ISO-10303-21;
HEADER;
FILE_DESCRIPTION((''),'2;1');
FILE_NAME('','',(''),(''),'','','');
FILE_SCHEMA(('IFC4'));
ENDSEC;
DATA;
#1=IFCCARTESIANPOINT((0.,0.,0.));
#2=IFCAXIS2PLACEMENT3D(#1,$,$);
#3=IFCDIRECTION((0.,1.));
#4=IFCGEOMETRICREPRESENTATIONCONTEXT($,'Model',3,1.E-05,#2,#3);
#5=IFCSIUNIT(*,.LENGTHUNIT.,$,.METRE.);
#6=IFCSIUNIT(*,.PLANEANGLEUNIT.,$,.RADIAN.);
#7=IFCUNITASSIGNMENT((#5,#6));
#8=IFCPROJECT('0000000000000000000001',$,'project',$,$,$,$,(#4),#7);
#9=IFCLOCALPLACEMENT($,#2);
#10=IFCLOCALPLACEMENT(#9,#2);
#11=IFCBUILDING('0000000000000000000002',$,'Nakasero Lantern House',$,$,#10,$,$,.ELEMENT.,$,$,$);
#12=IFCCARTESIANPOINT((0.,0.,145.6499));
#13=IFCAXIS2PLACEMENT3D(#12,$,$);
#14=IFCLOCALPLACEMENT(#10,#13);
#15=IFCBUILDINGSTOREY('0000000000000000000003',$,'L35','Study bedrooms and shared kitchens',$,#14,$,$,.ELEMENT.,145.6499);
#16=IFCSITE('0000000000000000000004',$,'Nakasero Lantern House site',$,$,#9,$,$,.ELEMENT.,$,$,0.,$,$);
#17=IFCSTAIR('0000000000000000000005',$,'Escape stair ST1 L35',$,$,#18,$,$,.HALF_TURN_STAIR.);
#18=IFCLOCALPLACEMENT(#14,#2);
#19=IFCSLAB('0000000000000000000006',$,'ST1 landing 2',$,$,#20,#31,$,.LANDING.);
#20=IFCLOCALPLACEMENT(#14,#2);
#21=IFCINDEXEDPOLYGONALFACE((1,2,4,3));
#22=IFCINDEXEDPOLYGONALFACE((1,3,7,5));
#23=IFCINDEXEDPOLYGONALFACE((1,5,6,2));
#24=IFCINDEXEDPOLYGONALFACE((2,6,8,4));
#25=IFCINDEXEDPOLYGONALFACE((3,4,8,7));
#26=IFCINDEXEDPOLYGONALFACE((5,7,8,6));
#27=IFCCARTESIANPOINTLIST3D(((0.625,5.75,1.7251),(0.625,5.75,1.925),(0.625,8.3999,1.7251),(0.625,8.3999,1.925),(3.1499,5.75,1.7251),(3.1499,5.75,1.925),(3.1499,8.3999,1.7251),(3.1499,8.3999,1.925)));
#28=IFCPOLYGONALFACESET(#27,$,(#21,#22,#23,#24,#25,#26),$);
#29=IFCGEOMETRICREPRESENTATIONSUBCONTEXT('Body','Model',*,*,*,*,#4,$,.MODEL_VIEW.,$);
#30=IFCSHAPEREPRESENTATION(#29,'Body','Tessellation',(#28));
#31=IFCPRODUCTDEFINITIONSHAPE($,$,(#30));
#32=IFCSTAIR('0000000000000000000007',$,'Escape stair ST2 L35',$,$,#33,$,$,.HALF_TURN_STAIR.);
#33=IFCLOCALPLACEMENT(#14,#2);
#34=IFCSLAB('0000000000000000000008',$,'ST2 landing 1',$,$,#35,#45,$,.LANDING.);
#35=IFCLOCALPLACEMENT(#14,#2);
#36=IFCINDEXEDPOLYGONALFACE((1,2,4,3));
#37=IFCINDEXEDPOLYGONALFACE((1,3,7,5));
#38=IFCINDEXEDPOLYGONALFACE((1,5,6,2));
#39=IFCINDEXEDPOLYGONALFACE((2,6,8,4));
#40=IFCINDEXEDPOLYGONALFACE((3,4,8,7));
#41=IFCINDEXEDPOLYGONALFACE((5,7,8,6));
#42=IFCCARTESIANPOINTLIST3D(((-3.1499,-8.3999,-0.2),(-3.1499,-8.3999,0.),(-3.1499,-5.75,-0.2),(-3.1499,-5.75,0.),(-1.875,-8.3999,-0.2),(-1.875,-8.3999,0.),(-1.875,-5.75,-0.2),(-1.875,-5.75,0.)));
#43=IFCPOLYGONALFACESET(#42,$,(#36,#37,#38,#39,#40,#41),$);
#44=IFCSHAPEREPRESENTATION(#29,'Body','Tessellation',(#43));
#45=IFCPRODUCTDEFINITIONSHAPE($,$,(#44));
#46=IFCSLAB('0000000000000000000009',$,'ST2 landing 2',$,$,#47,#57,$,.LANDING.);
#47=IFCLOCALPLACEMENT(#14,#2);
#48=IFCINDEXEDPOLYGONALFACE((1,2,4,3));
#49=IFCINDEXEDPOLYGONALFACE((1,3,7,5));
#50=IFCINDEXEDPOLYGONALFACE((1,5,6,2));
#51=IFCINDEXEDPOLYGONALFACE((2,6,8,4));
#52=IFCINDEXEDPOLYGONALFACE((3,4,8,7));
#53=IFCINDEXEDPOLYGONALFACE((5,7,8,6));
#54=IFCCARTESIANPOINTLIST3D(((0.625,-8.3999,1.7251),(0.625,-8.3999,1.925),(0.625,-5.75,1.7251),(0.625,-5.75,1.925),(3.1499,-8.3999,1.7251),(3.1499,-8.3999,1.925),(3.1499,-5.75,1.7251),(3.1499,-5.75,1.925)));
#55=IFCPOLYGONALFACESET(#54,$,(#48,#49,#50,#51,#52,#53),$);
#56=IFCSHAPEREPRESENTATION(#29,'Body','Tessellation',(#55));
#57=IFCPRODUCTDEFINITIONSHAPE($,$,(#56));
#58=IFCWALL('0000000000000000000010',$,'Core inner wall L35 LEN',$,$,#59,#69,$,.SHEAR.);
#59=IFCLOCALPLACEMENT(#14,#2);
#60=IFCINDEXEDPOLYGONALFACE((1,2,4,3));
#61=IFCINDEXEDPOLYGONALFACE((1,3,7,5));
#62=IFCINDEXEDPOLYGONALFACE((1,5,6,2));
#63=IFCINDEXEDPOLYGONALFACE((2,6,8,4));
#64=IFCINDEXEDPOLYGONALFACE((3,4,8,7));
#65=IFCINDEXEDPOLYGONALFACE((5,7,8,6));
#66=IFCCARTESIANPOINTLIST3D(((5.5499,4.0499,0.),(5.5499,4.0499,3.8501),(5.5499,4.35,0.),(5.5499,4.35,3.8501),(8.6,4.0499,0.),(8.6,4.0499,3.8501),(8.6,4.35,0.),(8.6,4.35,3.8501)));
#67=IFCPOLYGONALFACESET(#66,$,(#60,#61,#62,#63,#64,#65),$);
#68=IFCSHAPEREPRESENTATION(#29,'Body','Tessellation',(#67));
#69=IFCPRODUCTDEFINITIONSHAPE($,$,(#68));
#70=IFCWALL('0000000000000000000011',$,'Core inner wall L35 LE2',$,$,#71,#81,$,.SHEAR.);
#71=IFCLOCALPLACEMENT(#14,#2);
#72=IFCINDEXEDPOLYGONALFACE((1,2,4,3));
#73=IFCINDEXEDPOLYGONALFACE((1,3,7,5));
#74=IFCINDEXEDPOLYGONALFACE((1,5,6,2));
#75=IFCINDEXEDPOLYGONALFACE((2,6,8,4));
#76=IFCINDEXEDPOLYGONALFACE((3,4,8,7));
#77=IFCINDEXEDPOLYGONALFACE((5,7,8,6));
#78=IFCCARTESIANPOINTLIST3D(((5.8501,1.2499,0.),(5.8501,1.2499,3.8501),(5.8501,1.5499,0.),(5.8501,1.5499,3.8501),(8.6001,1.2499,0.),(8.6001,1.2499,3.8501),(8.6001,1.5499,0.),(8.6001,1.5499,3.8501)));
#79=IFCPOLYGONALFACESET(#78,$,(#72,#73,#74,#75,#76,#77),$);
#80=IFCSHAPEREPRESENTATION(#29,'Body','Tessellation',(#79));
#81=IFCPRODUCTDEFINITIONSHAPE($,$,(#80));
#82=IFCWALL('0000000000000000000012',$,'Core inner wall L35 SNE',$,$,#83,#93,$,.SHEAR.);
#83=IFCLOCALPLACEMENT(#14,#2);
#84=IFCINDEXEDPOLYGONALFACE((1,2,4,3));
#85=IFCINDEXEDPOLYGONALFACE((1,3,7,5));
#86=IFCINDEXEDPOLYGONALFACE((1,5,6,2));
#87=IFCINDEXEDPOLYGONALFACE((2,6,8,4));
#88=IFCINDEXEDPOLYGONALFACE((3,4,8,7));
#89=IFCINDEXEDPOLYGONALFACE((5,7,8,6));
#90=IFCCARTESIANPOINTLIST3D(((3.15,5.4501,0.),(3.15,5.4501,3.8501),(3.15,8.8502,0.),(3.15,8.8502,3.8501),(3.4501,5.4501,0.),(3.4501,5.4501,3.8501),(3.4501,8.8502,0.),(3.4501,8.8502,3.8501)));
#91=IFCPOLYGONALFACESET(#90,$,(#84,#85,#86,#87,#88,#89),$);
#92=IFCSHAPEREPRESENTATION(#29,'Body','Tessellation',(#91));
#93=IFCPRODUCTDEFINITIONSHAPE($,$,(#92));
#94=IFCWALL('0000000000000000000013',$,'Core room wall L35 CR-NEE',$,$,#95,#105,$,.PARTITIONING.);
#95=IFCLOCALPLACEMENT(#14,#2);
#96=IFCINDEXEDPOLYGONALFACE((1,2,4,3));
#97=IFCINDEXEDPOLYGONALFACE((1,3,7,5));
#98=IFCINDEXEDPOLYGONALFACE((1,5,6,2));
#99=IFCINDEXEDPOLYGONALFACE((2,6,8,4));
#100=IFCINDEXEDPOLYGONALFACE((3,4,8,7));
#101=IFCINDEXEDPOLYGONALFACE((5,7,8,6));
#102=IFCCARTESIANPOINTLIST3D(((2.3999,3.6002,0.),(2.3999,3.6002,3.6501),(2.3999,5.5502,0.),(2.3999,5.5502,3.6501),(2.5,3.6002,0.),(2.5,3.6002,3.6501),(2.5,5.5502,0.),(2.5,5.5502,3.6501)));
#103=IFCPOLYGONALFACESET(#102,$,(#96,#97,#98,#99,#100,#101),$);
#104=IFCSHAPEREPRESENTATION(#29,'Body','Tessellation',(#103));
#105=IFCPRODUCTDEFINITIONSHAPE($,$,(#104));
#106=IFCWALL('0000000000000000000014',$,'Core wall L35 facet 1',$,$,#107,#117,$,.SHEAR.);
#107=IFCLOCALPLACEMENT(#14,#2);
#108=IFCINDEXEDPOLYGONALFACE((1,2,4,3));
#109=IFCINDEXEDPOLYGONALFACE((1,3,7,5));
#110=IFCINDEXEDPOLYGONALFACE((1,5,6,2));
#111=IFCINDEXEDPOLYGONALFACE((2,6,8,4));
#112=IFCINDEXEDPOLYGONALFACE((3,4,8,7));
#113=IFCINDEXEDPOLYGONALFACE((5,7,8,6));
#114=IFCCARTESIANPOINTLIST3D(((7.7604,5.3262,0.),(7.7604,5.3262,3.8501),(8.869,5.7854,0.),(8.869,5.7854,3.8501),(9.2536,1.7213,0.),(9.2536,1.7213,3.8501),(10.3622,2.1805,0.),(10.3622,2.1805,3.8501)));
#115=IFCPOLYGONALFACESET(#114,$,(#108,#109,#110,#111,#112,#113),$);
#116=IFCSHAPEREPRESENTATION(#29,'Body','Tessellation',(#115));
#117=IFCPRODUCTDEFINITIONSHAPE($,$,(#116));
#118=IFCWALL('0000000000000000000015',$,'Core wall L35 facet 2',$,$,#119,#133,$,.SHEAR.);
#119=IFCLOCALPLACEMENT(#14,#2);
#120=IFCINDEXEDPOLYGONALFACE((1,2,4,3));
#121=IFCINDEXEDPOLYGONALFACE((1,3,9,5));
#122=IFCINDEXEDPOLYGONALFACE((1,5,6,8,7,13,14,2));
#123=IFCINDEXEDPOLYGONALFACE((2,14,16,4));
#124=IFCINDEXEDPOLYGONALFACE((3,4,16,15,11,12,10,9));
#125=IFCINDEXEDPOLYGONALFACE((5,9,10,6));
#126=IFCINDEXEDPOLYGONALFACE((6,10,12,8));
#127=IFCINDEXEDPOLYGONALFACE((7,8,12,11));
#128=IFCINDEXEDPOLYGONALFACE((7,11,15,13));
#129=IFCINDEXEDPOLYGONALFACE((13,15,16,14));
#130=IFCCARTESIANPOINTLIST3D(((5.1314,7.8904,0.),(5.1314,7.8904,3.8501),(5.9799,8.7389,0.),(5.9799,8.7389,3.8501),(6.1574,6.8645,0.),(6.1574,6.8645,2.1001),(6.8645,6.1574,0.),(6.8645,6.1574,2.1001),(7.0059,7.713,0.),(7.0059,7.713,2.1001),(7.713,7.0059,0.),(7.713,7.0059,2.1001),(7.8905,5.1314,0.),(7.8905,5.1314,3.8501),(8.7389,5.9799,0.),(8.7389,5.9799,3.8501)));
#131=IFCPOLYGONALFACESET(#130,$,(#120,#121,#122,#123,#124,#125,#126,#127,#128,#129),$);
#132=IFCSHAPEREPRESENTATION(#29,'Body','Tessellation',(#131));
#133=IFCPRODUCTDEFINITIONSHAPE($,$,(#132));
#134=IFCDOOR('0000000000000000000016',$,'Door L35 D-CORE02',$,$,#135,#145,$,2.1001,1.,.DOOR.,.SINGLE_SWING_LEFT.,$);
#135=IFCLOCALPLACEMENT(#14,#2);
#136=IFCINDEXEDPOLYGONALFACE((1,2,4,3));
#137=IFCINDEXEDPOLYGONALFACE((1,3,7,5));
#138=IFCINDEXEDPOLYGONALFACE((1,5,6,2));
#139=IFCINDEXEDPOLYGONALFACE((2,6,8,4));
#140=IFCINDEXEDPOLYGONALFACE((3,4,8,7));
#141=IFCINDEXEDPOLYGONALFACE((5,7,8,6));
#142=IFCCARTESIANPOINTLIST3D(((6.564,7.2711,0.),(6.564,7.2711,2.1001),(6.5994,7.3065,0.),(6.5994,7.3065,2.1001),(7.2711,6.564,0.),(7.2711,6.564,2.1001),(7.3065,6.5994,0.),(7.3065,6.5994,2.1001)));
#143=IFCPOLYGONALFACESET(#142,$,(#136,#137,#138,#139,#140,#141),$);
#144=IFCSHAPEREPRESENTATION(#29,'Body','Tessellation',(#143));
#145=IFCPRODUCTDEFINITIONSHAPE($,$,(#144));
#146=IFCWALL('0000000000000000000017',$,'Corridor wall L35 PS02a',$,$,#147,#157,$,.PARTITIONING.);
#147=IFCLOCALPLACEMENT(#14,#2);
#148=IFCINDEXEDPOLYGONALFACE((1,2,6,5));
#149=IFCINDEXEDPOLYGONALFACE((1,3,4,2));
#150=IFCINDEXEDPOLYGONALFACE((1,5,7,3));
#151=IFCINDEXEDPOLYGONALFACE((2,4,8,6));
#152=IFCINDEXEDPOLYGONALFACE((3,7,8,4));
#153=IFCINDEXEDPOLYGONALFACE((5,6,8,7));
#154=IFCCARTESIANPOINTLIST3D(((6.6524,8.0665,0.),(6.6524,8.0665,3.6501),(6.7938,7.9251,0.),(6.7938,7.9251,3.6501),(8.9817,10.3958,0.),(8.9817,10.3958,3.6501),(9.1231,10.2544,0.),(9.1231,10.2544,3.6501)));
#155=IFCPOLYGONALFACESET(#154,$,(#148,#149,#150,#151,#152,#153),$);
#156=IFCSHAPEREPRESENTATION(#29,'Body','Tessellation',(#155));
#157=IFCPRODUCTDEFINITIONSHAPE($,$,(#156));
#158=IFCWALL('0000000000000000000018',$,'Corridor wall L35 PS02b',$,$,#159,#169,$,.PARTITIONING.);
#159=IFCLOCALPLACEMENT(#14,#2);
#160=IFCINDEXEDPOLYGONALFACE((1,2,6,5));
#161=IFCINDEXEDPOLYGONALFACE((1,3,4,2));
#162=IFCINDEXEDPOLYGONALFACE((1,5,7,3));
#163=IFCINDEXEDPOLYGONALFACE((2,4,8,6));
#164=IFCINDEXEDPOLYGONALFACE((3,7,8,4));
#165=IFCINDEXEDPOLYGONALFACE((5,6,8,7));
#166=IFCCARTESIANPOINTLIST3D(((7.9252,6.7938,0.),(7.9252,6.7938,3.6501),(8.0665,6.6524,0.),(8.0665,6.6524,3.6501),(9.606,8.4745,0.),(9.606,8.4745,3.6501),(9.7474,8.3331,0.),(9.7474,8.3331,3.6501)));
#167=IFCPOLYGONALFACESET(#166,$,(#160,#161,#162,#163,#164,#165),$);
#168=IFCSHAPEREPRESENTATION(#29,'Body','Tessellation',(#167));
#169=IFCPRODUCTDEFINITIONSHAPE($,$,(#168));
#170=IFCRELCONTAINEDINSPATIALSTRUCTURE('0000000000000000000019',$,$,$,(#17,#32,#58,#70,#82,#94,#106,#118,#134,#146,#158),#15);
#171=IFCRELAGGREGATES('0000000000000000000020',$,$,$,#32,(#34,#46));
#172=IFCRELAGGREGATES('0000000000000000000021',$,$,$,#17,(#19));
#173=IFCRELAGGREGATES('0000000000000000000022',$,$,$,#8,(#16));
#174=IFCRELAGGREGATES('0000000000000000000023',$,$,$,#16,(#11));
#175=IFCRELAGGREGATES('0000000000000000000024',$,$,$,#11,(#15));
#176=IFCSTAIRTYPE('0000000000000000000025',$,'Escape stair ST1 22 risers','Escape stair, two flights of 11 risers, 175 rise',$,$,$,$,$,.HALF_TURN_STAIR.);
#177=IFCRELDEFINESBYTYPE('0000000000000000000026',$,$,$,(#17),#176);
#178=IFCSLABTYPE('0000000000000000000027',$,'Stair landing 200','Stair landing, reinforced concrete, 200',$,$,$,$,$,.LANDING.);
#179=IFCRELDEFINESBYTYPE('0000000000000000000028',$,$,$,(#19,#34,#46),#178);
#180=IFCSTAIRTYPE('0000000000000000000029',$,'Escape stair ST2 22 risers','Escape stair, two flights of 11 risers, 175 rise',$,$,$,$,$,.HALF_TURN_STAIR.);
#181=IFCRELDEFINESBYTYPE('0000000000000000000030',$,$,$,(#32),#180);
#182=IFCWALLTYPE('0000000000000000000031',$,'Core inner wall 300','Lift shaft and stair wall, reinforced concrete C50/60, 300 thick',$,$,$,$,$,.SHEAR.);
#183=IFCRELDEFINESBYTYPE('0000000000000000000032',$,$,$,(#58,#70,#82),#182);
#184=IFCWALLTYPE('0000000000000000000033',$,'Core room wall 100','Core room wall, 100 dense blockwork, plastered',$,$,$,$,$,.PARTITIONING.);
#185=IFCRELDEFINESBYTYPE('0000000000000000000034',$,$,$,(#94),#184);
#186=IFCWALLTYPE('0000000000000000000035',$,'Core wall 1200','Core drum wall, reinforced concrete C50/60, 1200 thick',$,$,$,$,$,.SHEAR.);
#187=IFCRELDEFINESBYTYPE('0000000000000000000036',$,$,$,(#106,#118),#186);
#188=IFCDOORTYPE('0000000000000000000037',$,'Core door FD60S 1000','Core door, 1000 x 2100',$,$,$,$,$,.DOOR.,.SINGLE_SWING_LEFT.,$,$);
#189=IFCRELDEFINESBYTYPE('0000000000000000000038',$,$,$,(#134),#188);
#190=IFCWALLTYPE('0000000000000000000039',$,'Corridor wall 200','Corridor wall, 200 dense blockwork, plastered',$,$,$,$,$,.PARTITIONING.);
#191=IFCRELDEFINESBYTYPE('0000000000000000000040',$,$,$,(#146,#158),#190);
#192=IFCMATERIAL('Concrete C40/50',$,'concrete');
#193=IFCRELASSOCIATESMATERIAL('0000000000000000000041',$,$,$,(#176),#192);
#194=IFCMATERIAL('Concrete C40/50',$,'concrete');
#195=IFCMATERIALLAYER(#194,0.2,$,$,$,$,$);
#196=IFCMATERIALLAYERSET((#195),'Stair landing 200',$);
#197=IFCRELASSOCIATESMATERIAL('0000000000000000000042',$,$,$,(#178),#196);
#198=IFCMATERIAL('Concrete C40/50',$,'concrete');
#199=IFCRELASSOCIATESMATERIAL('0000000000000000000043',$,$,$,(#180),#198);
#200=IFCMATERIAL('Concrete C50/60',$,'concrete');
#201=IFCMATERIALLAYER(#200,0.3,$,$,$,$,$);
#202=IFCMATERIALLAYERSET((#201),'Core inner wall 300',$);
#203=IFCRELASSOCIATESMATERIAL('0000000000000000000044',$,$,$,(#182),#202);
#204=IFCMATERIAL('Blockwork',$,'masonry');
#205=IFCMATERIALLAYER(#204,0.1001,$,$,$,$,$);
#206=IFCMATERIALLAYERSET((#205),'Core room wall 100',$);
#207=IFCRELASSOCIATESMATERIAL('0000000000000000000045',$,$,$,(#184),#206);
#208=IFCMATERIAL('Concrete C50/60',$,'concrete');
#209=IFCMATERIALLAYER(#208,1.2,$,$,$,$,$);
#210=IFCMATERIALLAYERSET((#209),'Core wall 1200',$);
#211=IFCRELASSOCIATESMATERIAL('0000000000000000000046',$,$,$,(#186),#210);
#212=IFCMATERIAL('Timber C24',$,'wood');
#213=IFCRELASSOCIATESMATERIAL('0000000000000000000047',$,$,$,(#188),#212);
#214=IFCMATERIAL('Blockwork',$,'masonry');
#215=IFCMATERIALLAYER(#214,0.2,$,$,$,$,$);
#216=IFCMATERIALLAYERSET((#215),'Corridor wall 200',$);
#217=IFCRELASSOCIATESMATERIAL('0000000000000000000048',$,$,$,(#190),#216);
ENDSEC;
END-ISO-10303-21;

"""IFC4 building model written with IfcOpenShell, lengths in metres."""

from ifc_helpers import new_model, si_unit, direction, frame, frame_2d, origin, place, context, subcontext, project, spatial, polyline, rectangle, outline, extrude, material, layer, layer_set, type_object, element, fill, aggregate, save


model = new_model("IFC4")

# Units and contexts
model_context = context("Model", 3, precision=1e-05, world=origin(), true_north=direction((0.0, 1.0)))
body_context = subcontext(model_context, "Body", "Model", "MODEL_VIEW")
ifc_project = project(units=[si_unit("LENGTHUNIT", "METRE"), si_unit("PLANEANGLEUNIT", "RADIAN")], contexts=[model_context])

# Site, building, storey
site_placement = place(None, origin())
site = spatial("IfcSite", under=ifc_project, at=site_placement, Name="Nakasero Lantern House site", CompositionType="ELEMENT", RefElevation=0.0)
building_placement = place(site_placement, origin())
building = spatial("IfcBuilding", under=site, at=building_placement, Name="Nakasero Lantern House", CompositionType="ELEMENT")
storey_placement = place(building_placement, frame((0.0, 0.0, 145.6499)))
storey = spatial("IfcBuildingStorey", under=building, at=storey_placement, Name="L35", Description="Study bedrooms and shared kitchens", CompositionType="ELEMENT", Elevation=145.6499)

# Stairs, slabs
ifc_material_1 = material(Name="Concrete C40/50", Category="concrete")
stair_type_1 = type_object("IfcStairType", Name="Escape stair ST1 22 risers", Description="Escape stair, two flights of 11 risers, 175 rise", PredefinedType="HALF_TURN_STAIR", material=ifc_material_1)
stair_1_placement = place(storey_placement, origin())
stair_1 = element("IfcStair", 1, at=stair_1_placement, inside=storey, type_object=stair_type_1, Name="Escape stair ST1 L35", PredefinedType="HALF_TURN_STAIR")
ifc_material_2 = material(Name="Concrete C40/50", Category="concrete")
ifc_layer_1 = layer(ifc_material_2, 0.2)
ifc_layer_set_1 = layer_set([ifc_layer_1], Name="Stair landing 200")
slab_type_1 = type_object("IfcSlabType", Name="Stair landing 200", Description="Stair landing, reinforced concrete, 200", PredefinedType="LANDING", material=ifc_layer_set_1)
slab_1_placement = place(storey_placement, frame((0.0, 0.0, 1.7251)))
slab_1 = element("IfcSlab", 2, at=slab_1_placement, type_object=slab_type_1, Name="ST1 landing 2", PredefinedType="LANDING", context=body_context, shape_type="SweptSolid", body=[
    extrude(outline(polyline([(0.625, 5.75), (3.1499, 5.75), (3.1499, 8.3999), (0.625, 8.3999), (0.625, 5.75)])), origin(), (0.0, 0.0, 1.0), 0.2),
])
ifc_material_3 = material(Name="Concrete C40/50", Category="concrete")
stair_type_2 = type_object("IfcStairType", Name="Escape stair ST2 22 risers", Description="Escape stair, two flights of 11 risers, 175 rise", PredefinedType="HALF_TURN_STAIR", material=ifc_material_3)
stair_2_placement = place(storey_placement, origin())
stair_2 = element("IfcStair", 3, at=stair_2_placement, inside=storey, type_object=stair_type_2, Name="Escape stair ST2 L35", PredefinedType="HALF_TURN_STAIR")
slab_2_placement = place(storey_placement, frame((0.0, 0.0, -0.2)))
slab_2 = element("IfcSlab", 4, at=slab_2_placement, type_object=slab_type_1, Name="ST2 landing 1", PredefinedType="LANDING", context=body_context, shape_type="SweptSolid", body=[
    extrude(outline(polyline([(-3.1499, -8.3999), (-1.875, -8.3999), (-1.875, -5.75), (-3.1499, -5.75), (-3.1499, -8.3999)])), origin(), (0.0, 0.0, 1.0), 0.2),
])
slab_3_placement = place(storey_placement, frame((0.0, 0.0, 1.7251)))
slab_3 = element("IfcSlab", 5, at=slab_3_placement, type_object=slab_type_1, Name="ST2 landing 2", PredefinedType="LANDING", context=body_context, shape_type="SweptSolid", body=[
    extrude(outline(polyline([(0.625, -8.3999), (3.1499, -8.3999), (3.1499, -5.75), (0.625, -5.75), (0.625, -8.3999)])), origin(), (0.0, 0.0, 1.0), 0.2),
])
aggregate(stair_2, [slab_2, slab_3])

# Walls
ifc_material_4 = material(Name="Concrete C50/60", Category="concrete")
ifc_layer_2 = layer(ifc_material_4, 0.3)
ifc_layer_set_2 = layer_set([ifc_layer_2], Name="Core inner wall 300")
wall_type_1 = type_object("IfcWallType", Name="Core inner wall 300", Description="Lift shaft and stair wall, reinforced concrete C50/60, 300 thick", PredefinedType="SHEAR", material=ifc_layer_set_2)
wall_1_placement = place(storey_placement, frame((5.55, 4.2, 0.0), z_axis=(0.0, 0.0, 1.0), x_axis=(1.0, 0.0, 0.0)))
element("IfcWall", 6, at=wall_1_placement, inside=storey, type_object=wall_type_1, Name="Core inner wall L35 LEN", PredefinedType="SHEAR", context=body_context, shape_type="SweptSolid", body=[
    extrude(rectangle(XDim=3.05, YDim=0.3, at=frame_2d((1.5249, 0.0))), origin(), (0.0, 0.0, 1.0), 3.8501),
])
wall_2_placement = place(storey_placement, frame((5.8501, 1.3999, 0.0), z_axis=(0.0, 0.0, 1.0), x_axis=(1.0, 0.0, 0.0)))
element("IfcWall", 7, at=wall_2_placement, inside=storey, type_object=wall_type_1, Name="Core inner wall L35 LE2", PredefinedType="SHEAR", context=body_context, shape_type="SweptSolid", body=[
    extrude(rectangle(XDim=2.75, YDim=0.3, at=frame_2d((1.375, 0.0))), origin(), (0.0, 0.0, 1.0), 3.8501),
])
wall_3_placement = place(storey_placement, frame((3.3, 5.45, 0.0), z_axis=(0.0, 0.0, 1.0), x_axis=(0.0, 1.0, 0.0)))
element("IfcWall", 8, at=wall_3_placement, inside=storey, type_object=wall_type_1, Name="Core inner wall L35 SNE", PredefinedType="SHEAR", context=body_context, shape_type="SweptSolid", body=[
    extrude(rectangle(XDim=3.4001, YDim=0.3, at=frame_2d((1.7002, 0.0))), origin(), (0.0, 0.0, 1.0), 3.8501),
])
ifc_material_5 = material(Name="Blockwork", Category="masonry")
ifc_layer_3 = layer(ifc_material_5, 0.1001)
ifc_layer_set_3 = layer_set([ifc_layer_3], Name="Core room wall 100")
wall_type_2 = type_object("IfcWallType", Name="Core room wall 100", Description="Core room wall, 100 dense blockwork, plastered", PredefinedType="PARTITIONING", material=ifc_layer_set_3)
wall_4_placement = place(storey_placement, frame((2.45, 3.6001, 0.0), z_axis=(0.0, 0.0, 1.0), x_axis=(0.0, 1.0, 0.0)))
element("IfcWall", 9, at=wall_4_placement, inside=storey, type_object=wall_type_2, Name="Core room wall L35 CR-NEE", PredefinedType="PARTITIONING", context=body_context, shape_type="SweptSolid", body=[
    extrude(rectangle(XDim=1.95, YDim=0.1001, at=frame_2d((0.9751, 0.0))), origin(), (0.0, 0.0, 1.0), 3.6501),
])
ifc_material_6 = material(Name="Concrete C50/60", Category="concrete")
ifc_layer_4 = layer(ifc_material_6, 1.2)
ifc_layer_set_4 = layer_set([ifc_layer_4], Name="Core wall 1200")
wall_type_3 = type_object("IfcWallType", Name="Core wall 1200", Description="Core drum wall, reinforced concrete C50/60, 1200 thick", PredefinedType="SHEAR", material=ifc_layer_set_4)
wall_5_placement = place(storey_placement, frame((9.8079, 1.9509, 0.0), z_axis=(0.0, 0.0, 1.0), x_axis=(-0.382691, 0.923877, 0.0)))
element("IfcWall", 10, at=wall_5_placement, inside=storey, type_object=wall_type_3, Name="Core wall L35 facet 1", PredefinedType="SHEAR", context=body_context, shape_type="SweptSolid", body=[
    extrude(rectangle(XDim=3.9019, YDim=1.2, at=frame_2d((1.9509, 0.0))), origin(), (0.0, 0.0, 1.0), 3.8501),
])

# Wall, opening, door
wall_6_placement = place(storey_placement, frame((8.3147, 5.5557, 0.0), z_axis=(0.0, 0.0, 1.0), x_axis=(-0.707107, 0.707107, 0.0)))
wall_6 = element("IfcWall", 11, at=wall_6_placement, inside=storey, type_object=wall_type_3, Name="Core wall L35 facet 2", PredefinedType="SHEAR", context=body_context, shape_type="SweptSolid", body=[
    extrude(rectangle(XDim=3.9019, YDim=1.2, at=frame_2d((1.9509, 0.0))), origin(), (0.0, 0.0, 1.0), 3.8501),
])
opening_1_placement = place(wall_6_placement, frame((1.4509, 0.0, 0.0)))
opening_1 = element("IfcOpeningElement", 12, at=opening_1_placement, cuts=wall_6, PredefinedType="OPENING", context=body_context, shape_type="SweptSolid", body=[
    extrude(rectangle(XDim=1.0, YDim=2.1001, at=frame_2d((0.5, 1.05))), frame((0.0, 0.6199, 0.0), z_axis=(0.0, -1.0, 0.0), x_axis=(1.0, 0.0, 0.0)), (0.0, 0.0, 1.0), 1.24),
])
ifc_material_7 = material(Name="Timber C24", Category="wood")
door_type_1 = type_object("IfcDoorType", Name="Core door FD60S 1000", Description="Core door, 1000 x 2100", OperationType="SINGLE_SWING_LEFT", PredefinedType="DOOR", material=ifc_material_7)
door_1_placement = place(opening_1_placement, origin())
door_1 = element("IfcDoor", 13, at=door_1_placement, inside=storey, type_object=door_type_1, Name="Door L35 D-CORE02", OperationType="SINGLE_SWING_LEFT", OverallHeight=2.1001, OverallWidth=1.0, PredefinedType="DOOR", context=body_context, shape_type="SweptSolid", body=[
    extrude(rectangle(XDim=1.0, YDim=2.1001, at=frame_2d((0.5, 1.05))), frame((0.0, 0.0249, 0.0), z_axis=(0.0, -1.0, 0.0), x_axis=(1.0, 0.0, 0.0)), (0.0, 0.0, 1.0), 0.05),
])
fill(opening_1, door_1)

# Walls
ifc_material_8 = material(Name="Blockwork", Category="masonry")
ifc_layer_5 = layer(ifc_material_8, 0.2)
ifc_layer_set_5 = layer_set([ifc_layer_5], Name="Corridor wall 200")
wall_type_4 = type_object("IfcWallType", Name="Corridor wall 200", Description="Corridor wall, 200 dense blockwork, plastered", PredefinedType="PARTITIONING", material=ifc_layer_set_5)
wall_7_placement = place(storey_placement, frame((6.7231, 7.9958, 0.0), z_axis=(0.0, 0.0, 1.0), x_axis=(0.707107, 0.707107, 0.0)))
element("IfcWall", 14, at=wall_7_placement, inside=storey, type_object=wall_type_4, Name="Corridor wall L35 PS02a", PredefinedType="PARTITIONING", context=body_context, shape_type="SweptSolid", body=[
    extrude(rectangle(XDim=3.2942, YDim=0.2, at=frame_2d((1.647, 0.0))), origin(), (0.0, 0.0, 1.0), 3.6501),
])
wall_8_placement = place(storey_placement, frame((7.9958, 6.7231, 0.0), z_axis=(0.0, 0.0, 1.0), x_axis=(0.707158, 0.707055, 0.0)))
element("IfcWall", 15, at=wall_8_placement, inside=storey, type_object=wall_type_4, Name="Corridor wall L35 PS02b", PredefinedType="PARTITIONING", context=body_context, shape_type="SweptSolid", body=[
    extrude(rectangle(XDim=2.377, YDim=0.2, at=frame_2d((1.1885, 0.0))), origin(), (0.0, 0.0, 1.0), 3.6501),
])

aggregate(stair_1, [slab_1])

save(model, "model.ifc")
